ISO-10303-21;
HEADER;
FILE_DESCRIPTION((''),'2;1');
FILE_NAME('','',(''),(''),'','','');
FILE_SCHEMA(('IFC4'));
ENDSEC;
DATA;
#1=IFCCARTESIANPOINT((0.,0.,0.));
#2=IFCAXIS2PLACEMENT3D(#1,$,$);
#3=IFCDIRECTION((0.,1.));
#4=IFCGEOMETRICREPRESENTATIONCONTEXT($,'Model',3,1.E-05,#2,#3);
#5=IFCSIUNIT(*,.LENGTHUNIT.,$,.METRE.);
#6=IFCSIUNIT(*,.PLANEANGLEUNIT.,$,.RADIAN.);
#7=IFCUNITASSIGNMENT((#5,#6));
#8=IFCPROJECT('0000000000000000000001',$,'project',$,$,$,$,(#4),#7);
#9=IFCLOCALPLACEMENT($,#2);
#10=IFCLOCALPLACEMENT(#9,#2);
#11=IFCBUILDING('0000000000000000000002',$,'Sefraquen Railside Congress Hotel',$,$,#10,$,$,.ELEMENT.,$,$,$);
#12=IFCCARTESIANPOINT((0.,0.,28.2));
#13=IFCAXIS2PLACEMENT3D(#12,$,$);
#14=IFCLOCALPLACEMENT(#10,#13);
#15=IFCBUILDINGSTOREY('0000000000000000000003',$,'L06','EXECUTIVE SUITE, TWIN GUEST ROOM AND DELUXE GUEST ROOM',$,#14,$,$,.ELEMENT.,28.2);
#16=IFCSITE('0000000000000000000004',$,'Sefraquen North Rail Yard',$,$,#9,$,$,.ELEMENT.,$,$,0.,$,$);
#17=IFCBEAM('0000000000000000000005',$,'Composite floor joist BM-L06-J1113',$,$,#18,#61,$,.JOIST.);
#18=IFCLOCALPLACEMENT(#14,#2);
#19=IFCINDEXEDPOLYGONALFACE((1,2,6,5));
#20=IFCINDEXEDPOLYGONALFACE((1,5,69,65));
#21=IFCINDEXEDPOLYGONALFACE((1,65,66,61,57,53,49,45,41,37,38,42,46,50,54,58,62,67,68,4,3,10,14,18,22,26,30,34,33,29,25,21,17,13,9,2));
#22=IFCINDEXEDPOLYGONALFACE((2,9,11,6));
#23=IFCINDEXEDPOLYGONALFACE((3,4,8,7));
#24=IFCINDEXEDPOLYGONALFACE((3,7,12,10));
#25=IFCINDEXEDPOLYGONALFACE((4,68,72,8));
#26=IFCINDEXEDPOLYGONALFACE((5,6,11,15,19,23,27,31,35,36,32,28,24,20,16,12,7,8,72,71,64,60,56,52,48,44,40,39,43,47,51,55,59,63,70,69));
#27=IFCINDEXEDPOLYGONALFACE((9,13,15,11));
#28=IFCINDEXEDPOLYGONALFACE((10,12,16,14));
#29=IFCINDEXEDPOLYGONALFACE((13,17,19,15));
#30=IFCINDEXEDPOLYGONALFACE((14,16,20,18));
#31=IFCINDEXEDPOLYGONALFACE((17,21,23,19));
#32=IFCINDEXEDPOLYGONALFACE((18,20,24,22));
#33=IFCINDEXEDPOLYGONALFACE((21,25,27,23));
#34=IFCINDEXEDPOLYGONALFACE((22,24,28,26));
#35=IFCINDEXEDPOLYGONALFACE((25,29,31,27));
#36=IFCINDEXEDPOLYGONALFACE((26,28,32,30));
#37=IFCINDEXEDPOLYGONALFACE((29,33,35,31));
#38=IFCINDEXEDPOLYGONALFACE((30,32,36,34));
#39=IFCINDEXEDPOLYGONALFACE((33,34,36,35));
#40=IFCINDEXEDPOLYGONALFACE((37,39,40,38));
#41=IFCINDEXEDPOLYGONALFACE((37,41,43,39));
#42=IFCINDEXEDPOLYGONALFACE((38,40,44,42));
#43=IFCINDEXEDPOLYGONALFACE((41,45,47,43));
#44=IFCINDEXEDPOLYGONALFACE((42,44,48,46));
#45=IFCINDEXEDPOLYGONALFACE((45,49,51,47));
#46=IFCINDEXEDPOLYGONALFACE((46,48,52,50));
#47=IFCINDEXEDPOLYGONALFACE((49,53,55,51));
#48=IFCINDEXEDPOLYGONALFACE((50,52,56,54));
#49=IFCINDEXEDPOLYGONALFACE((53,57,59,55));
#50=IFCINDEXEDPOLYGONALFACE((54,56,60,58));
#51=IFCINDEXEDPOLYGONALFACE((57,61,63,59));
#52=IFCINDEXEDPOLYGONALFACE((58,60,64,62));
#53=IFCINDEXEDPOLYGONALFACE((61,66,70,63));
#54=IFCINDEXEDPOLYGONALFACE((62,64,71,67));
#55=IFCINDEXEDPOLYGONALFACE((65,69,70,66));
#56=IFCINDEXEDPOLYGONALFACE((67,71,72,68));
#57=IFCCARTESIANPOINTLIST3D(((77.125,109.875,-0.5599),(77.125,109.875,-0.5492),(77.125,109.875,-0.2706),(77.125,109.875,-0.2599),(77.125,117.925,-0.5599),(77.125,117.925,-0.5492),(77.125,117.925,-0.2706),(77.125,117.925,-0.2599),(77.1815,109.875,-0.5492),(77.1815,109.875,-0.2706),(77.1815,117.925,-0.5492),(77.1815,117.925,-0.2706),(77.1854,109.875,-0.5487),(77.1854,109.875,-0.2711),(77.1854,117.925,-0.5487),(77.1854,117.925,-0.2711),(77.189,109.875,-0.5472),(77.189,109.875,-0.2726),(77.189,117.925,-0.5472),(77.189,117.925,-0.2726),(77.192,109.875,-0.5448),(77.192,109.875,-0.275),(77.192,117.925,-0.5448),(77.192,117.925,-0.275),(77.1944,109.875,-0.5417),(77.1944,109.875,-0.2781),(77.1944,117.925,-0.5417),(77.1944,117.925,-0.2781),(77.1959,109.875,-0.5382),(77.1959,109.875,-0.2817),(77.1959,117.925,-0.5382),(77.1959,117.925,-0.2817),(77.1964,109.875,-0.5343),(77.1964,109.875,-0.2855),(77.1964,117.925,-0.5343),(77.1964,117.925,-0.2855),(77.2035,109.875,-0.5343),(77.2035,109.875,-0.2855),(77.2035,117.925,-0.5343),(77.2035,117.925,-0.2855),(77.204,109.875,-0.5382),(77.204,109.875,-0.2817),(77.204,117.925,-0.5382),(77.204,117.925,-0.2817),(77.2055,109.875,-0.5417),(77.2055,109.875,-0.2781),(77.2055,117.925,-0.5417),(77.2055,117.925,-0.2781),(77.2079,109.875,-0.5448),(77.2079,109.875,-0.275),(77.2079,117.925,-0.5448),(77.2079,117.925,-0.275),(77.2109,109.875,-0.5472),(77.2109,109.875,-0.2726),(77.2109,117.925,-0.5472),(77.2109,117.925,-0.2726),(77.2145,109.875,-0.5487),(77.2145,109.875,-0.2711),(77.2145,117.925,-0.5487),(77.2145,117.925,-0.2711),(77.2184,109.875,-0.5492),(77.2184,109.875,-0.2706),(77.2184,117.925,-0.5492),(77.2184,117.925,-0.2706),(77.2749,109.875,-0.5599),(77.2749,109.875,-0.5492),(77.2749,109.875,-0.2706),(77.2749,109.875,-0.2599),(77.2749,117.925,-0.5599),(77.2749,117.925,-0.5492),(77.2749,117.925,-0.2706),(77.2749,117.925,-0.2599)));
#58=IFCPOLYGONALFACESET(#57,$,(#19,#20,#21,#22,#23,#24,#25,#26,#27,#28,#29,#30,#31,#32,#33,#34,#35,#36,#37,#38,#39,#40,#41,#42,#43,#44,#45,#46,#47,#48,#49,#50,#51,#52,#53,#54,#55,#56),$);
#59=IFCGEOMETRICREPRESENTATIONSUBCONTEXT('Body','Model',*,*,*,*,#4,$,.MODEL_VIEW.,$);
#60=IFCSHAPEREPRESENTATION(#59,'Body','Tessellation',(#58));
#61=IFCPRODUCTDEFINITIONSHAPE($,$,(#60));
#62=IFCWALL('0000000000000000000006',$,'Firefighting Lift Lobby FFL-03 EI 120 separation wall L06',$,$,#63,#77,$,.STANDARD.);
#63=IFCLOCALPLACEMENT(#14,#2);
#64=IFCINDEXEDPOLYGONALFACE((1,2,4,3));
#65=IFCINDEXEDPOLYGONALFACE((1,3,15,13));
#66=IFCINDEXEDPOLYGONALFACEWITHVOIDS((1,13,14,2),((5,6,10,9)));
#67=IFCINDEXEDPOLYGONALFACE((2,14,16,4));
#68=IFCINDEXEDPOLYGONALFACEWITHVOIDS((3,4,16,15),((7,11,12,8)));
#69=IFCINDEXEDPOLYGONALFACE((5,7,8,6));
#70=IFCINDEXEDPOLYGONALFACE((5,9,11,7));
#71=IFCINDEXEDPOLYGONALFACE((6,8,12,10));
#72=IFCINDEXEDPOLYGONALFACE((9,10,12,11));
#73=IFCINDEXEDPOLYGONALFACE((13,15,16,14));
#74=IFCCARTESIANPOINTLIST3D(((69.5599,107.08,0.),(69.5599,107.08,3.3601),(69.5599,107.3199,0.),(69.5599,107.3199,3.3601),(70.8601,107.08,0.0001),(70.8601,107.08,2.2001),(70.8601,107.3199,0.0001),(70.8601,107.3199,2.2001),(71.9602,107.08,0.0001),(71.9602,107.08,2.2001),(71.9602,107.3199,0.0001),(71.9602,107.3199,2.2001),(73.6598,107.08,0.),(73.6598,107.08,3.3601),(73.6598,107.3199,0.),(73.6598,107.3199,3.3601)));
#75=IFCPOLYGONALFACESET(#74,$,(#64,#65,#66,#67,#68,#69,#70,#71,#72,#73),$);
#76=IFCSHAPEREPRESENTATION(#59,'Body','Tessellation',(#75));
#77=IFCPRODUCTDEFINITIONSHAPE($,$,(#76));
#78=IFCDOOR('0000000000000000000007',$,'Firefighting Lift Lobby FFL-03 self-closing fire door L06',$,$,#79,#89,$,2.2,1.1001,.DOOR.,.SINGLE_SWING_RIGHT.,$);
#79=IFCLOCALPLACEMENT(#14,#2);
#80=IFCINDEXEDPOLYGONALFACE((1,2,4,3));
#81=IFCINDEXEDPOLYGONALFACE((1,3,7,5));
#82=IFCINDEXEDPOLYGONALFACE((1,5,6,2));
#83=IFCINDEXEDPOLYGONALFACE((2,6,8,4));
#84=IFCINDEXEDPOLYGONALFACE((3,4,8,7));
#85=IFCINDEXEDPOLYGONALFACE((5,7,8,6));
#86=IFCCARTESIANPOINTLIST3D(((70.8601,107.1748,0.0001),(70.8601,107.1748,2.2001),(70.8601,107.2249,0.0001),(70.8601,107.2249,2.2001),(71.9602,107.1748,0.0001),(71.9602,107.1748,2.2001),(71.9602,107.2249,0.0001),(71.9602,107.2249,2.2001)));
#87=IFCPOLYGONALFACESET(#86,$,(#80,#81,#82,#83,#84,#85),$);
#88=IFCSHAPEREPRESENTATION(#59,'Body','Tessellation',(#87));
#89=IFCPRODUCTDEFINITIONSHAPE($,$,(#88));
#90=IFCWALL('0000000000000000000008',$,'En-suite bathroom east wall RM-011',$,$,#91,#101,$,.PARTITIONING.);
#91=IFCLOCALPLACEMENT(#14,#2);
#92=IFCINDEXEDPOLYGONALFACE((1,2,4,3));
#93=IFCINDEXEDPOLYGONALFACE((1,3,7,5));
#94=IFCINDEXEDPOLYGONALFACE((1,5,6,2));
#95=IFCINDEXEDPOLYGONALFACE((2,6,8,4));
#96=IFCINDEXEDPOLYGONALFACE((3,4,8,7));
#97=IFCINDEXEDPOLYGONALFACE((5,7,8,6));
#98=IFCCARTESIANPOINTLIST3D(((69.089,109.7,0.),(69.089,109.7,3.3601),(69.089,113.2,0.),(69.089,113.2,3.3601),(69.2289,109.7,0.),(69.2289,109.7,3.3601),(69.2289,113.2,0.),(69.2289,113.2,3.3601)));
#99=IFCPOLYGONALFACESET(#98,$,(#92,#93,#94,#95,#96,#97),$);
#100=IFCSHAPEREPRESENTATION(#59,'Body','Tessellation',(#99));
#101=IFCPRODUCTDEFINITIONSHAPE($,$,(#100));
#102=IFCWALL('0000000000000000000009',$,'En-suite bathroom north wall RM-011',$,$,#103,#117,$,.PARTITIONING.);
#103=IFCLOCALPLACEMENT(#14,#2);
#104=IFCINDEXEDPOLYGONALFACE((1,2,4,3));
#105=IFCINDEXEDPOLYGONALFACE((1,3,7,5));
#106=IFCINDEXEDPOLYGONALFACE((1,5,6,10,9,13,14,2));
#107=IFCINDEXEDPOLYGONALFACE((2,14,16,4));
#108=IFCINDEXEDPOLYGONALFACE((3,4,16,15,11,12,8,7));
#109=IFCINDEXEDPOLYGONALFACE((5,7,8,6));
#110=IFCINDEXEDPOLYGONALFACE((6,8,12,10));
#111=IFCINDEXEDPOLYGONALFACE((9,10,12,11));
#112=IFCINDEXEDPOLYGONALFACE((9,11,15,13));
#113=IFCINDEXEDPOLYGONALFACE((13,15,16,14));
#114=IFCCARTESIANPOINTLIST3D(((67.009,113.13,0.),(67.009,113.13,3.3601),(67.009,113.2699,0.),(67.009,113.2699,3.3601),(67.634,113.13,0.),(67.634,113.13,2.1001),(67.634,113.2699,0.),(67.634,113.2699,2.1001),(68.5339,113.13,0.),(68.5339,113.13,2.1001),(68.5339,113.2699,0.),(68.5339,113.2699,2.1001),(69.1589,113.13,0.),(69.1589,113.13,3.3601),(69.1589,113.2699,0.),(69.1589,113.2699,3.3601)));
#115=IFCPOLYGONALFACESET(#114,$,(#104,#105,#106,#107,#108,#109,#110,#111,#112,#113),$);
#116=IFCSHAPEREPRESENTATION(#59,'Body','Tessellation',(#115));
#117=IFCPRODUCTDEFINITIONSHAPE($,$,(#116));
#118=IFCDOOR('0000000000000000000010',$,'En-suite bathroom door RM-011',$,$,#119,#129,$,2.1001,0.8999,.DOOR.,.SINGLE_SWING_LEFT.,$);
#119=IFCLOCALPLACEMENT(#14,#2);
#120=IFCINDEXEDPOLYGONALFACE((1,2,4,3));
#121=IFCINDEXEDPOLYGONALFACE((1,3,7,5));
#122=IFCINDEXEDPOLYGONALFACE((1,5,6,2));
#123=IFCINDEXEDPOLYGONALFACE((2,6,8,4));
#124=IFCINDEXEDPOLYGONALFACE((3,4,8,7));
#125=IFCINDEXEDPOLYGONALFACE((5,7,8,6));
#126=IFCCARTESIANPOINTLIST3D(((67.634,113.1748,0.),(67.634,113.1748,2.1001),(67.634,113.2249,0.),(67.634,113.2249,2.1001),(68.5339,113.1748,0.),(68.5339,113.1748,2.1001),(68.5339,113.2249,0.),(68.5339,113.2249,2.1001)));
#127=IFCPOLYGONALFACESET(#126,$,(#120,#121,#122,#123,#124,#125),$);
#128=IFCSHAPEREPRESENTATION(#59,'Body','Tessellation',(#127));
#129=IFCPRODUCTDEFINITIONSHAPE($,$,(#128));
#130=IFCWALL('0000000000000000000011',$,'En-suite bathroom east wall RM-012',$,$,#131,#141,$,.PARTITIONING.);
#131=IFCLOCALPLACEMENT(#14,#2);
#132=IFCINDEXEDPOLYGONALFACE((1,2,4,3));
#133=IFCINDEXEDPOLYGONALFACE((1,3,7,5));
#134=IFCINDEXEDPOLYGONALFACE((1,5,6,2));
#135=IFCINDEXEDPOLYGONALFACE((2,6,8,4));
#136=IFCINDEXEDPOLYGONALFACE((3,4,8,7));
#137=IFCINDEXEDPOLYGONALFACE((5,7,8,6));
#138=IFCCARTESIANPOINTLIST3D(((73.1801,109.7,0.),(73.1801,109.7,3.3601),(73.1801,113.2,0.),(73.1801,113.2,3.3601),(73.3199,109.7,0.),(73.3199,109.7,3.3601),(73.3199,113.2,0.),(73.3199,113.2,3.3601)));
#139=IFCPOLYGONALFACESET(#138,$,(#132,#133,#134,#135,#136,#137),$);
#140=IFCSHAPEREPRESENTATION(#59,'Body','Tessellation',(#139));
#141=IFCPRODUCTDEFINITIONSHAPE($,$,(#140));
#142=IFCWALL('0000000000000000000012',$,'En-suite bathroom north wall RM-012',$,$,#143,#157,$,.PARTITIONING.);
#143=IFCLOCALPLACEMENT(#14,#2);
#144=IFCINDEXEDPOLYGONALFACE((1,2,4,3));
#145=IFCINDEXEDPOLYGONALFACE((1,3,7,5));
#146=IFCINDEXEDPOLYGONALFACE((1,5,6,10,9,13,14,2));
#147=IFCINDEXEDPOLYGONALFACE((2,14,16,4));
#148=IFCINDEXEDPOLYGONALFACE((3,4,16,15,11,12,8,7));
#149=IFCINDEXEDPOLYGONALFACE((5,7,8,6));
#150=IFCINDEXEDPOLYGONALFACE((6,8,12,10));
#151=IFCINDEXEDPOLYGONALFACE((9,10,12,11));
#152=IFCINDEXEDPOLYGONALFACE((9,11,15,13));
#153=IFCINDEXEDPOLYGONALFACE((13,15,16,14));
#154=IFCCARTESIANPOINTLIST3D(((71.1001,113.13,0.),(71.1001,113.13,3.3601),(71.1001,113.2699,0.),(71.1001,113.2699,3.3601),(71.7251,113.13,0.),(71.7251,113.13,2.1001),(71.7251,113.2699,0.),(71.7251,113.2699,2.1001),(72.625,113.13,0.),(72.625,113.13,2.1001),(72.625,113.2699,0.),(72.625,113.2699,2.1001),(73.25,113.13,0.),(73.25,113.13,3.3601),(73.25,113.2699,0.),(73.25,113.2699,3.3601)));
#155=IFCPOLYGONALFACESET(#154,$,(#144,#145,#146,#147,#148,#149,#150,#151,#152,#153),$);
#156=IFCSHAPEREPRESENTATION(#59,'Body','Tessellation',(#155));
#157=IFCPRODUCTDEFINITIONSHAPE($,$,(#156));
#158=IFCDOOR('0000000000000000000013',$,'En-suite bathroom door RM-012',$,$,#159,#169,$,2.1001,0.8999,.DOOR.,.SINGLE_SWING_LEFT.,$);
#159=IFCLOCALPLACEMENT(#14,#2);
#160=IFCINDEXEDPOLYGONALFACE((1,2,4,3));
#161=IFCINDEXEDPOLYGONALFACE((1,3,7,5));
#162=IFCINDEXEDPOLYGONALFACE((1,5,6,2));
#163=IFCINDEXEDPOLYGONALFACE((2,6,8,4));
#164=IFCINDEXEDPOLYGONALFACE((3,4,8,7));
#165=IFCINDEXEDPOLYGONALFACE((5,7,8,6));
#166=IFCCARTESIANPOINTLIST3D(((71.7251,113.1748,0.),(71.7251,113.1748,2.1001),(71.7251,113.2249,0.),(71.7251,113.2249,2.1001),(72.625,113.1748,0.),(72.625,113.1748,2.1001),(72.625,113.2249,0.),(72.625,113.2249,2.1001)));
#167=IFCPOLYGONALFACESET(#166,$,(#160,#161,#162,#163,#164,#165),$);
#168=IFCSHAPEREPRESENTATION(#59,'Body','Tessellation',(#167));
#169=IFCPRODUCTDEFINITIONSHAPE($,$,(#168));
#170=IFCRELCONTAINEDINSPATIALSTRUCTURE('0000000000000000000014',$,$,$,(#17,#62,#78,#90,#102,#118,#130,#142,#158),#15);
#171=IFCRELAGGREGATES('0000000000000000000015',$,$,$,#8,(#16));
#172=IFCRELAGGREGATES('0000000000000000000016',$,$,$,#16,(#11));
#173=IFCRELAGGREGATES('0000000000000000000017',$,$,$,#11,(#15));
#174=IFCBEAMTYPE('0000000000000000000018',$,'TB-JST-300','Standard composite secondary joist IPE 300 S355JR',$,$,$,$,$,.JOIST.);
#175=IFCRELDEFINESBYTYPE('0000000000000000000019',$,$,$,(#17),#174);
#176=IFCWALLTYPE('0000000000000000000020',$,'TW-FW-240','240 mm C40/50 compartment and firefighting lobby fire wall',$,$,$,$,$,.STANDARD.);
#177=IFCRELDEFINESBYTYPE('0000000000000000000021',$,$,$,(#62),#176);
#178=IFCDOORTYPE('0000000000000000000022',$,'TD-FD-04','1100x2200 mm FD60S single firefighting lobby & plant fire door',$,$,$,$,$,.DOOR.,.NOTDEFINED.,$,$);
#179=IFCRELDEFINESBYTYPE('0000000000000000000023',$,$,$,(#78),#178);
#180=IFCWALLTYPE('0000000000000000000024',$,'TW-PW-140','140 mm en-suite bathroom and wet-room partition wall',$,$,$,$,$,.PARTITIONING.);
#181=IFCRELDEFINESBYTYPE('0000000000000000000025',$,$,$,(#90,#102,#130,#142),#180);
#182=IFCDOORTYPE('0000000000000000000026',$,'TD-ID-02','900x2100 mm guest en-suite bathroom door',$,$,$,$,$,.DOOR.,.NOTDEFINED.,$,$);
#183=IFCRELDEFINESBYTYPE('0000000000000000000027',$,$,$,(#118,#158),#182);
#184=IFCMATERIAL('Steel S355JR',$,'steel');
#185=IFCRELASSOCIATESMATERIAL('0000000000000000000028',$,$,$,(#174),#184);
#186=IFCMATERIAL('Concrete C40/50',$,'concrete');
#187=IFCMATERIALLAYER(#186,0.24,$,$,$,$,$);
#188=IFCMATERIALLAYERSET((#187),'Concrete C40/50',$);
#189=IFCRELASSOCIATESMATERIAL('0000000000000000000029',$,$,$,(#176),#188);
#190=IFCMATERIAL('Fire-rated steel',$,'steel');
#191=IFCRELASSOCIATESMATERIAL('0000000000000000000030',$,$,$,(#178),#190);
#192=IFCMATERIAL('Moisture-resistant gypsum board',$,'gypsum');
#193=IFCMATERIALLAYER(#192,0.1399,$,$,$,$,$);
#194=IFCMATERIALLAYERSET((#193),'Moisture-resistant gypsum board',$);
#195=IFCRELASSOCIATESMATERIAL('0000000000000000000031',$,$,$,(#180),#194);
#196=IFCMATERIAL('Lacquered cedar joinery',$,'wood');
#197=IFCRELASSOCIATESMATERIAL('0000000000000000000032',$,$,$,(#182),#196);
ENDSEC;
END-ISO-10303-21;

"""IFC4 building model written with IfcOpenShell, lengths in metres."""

from ifc_helpers import new_model, si_unit, direction, frame, frame_2d, origin, origin_2d, place, context, subcontext, project, spatial, rectangle, i_section, extrude, material, layer, layer_set, material_profile, profile_set, type_object, element, fill, save


model = new_model("IFC4")

# Units and contexts
model_context = context("Model", 3, precision=1e-05, world=origin(), true_north=direction((0.0, 1.0)))
body_context = subcontext(model_context, "Body", "Model", "MODEL_VIEW")
ifc_project = project(units=[si_unit("LENGTHUNIT", "METRE"), si_unit("PLANEANGLEUNIT", "RADIAN")], contexts=[model_context])

# Site, building, storey
site_placement = place(None, origin())
site = spatial("IfcSite", under=ifc_project, at=site_placement, Name="Sefraquen North Rail Yard", CompositionType="ELEMENT", RefElevation=0.0)
building_placement = place(site_placement, origin())
building = spatial("IfcBuilding", under=site, at=building_placement, Name="Sefraquen Railside Congress Hotel", CompositionType="ELEMENT")
storey_placement = place(building_placement, frame((0.0, 0.0, 28.2)))
storey = spatial("IfcBuildingStorey", under=building, at=storey_placement, Name="L06", Description="EXECUTIVE SUITE, TWIN GUEST ROOM AND DELUXE GUEST ROOM", CompositionType="ELEMENT", Elevation=28.2)

# Shared definitions
ifc_material_1 = material(Name="Steel S355JR", Category="steel")

# Beam
ifc_material_profile_1 = material_profile(ifc_material_1, i_section(OverallWidth=0.1499, OverallDepth=0.3, WebThickness=0.0071, FlangeThickness=0.0107, FilletRadius=0.0149, at=origin_2d()), Name="IPE 300")
ifc_profile_set_1 = profile_set([ifc_material_profile_1], Name="Steel S355JR")
beam_type_1 = type_object("IfcBeamType", Name="TB-JST-300", Description="Standard composite secondary joist IPE 300 S355JR", PredefinedType="JOIST", material=ifc_profile_set_1)
for number, where, z_axis, x_axis, name in (
    (1, (77.2, 109.875, -0.4099), (0.0, 1.0, 0.0), (-1.0, 0.0, 0.0), "Composite floor joist BM-L06-J1113"),
):
    element("IfcBeam", number, at=place(storey_placement, frame(where, z_axis=z_axis, x_axis=x_axis)), inside=storey, type_object=beam_type_1, Name=name, PredefinedType="JOIST", context=body_context, shape_type="SweptSolid", body=[
        extrude(i_section(OverallWidth=0.1499, OverallDepth=0.3, WebThickness=0.0071, FlangeThickness=0.0107, FilletRadius=0.0149, at=origin_2d()), origin(), (0.0, 0.0, 1.0), 8.05),
    ])

# Wall, opening, door
ifc_material_2 = material(Name="Concrete C40/50", Category="concrete")
ifc_layer_1 = layer(ifc_material_2, 0.24)
ifc_layer_set_1 = layer_set([ifc_layer_1], Name="Concrete C40/50")
wall_type_1 = type_object("IfcWallType", Name="TW-FW-240", Description="240 mm C40/50 compartment and firefighting lobby fire wall", PredefinedType="STANDARD", material=ifc_layer_set_1)
wall_1_placement = place(storey_placement, frame((69.5601, 107.2, 0.0), z_axis=(0.0, 0.0, 1.0), x_axis=(1.0, 0.0, 0.0)))
wall_1 = element("IfcWall", 2, at=wall_1_placement, inside=storey, type_object=wall_type_1, Name="Firefighting Lift Lobby FFL-03 EI 120 separation wall L06", PredefinedType="STANDARD", context=body_context, shape_type="SweptSolid", body=[
    extrude(rectangle(XDim=4.0999, YDim=0.24, at=frame_2d((2.0498, 0.0))), origin(), (0.0, 0.0, 1.0), 3.3601),
])
opening_1_placement = place(wall_1_placement, frame((1.3, 0.0, 0.0)))
opening_1 = element("IfcOpeningElement", 3, at=opening_1_placement, cuts=wall_1, PredefinedType="OPENING", context=body_context, shape_type="SweptSolid", body=[
    extrude(rectangle(XDim=1.1001, YDim=2.2, at=frame_2d((0.55, 1.1001))), frame((0.0, 0.1299, 0.0), z_axis=(0.0, -1.0, 0.0), x_axis=(1.0, 0.0, 0.0)), (0.0, 0.0, 1.0), 0.26),
])
ifc_material_3 = material(Name="Fire-rated steel", Category="steel")
door_type_1 = type_object("IfcDoorType", Name="TD-FD-04", Description="1100x2200 mm FD60S single firefighting lobby & plant fire door", OperationType="NOTDEFINED", PredefinedType="DOOR", material=ifc_material_3)
door_1_placement = place(opening_1_placement, origin())
door_1 = element("IfcDoor", 4, at=door_1_placement, inside=storey, type_object=door_type_1, Name="Firefighting Lift Lobby FFL-03 self-closing fire door L06", OperationType="SINGLE_SWING_RIGHT", OverallHeight=2.2, OverallWidth=1.1001, PredefinedType="DOOR", context=body_context, shape_type="SweptSolid", body=[
    extrude(rectangle(XDim=1.1001, YDim=2.2, at=frame_2d((0.55, 1.1001))), frame((0.0, 0.0249, 0.0), z_axis=(0.0, -1.0, 0.0), x_axis=(1.0, 0.0, 0.0)), (0.0, 0.0, 1.0), 0.05),
])
fill(opening_1, door_1)

# Wall
ifc_material_4 = material(Name="Moisture-resistant gypsum board", Category="gypsum")
ifc_layer_2 = layer(ifc_material_4, 0.1399)
ifc_layer_set_2 = layer_set([ifc_layer_2], Name="Moisture-resistant gypsum board")
wall_type_2 = type_object("IfcWallType", Name="TW-PW-140", Description="140 mm en-suite bathroom and wet-room partition wall", PredefinedType="PARTITIONING", material=ifc_layer_set_2)
wall_2_placement = place(storey_placement, frame((69.1589, 109.7, 0.0), z_axis=(0.0, 0.0, 1.0), x_axis=(0.0, 1.0, 0.0)))
element("IfcWall", 5, at=wall_2_placement, inside=storey, type_object=wall_type_2, Name="En-suite bathroom east wall RM-011", PredefinedType="PARTITIONING", context=body_context, shape_type="SweptSolid", body=[
    extrude(rectangle(XDim=3.5, YDim=0.1399, at=frame_2d((1.75, 0.0))), origin(), (0.0, 0.0, 1.0), 3.3601),
])

# Wall, opening, door
wall_3_placement = place(storey_placement, frame((67.009, 113.2, 0.0), z_axis=(0.0, 0.0, 1.0), x_axis=(1.0, 0.0, 0.0)))
wall_3 = element("IfcWall", 6, at=wall_3_placement, inside=storey, type_object=wall_type_2, Name="En-suite bathroom north wall RM-011", PredefinedType="PARTITIONING", context=body_context, shape_type="SweptSolid", body=[
    extrude(rectangle(XDim=2.1499, YDim=0.1399, at=frame_2d((1.075, 0.0))), origin(), (0.0, 0.0, 1.0), 3.3601),
])
opening_2_placement = place(wall_3_placement, frame((0.625, 0.0, 0.0)))
opening_2 = element("IfcOpeningElement", 7, at=opening_2_placement, cuts=wall_3, PredefinedType="OPENING", context=body_context, shape_type="SweptSolid", body=[
    extrude(rectangle(XDim=0.8999, YDim=2.1001, at=frame_2d((0.45, 1.05))), frame((0.0, 0.0798, 0.0), z_axis=(0.0, -1.0, 0.0), x_axis=(1.0, 0.0, 0.0)), (0.0, 0.0, 1.0), 0.1599),
])
ifc_material_5 = material(Name="Lacquered cedar joinery", Category="wood")
door_type_2 = type_object("IfcDoorType", Name="TD-ID-02", Description="900x2100 mm guest en-suite bathroom door", OperationType="NOTDEFINED", PredefinedType="DOOR", material=ifc_material_5)
door_2_placement = place(opening_2_placement, origin())
door_2 = element("IfcDoor", 8, at=door_2_placement, inside=storey, type_object=door_type_2, Name="En-suite bathroom door RM-011", OperationType="SINGLE_SWING_LEFT", OverallHeight=2.1001, OverallWidth=0.8999, PredefinedType="DOOR", context=body_context, shape_type="SweptSolid", body=[
    extrude(rectangle(XDim=0.8999, YDim=2.1001, at=frame_2d((0.45, 1.05))), frame((0.0, 0.0249, 0.0), z_axis=(0.0, -1.0, 0.0), x_axis=(1.0, 0.0, 0.0)), (0.0, 0.0, 1.0), 0.05),
])
fill(opening_2, door_2)

# Wall
wall_4_placement = place(storey_placement, frame((73.25, 109.7, 0.0), z_axis=(0.0, 0.0, 1.0), x_axis=(0.0, 1.0, 0.0)))
element("IfcWall", 9, at=wall_4_placement, inside=storey, type_object=wall_type_2, Name="En-suite bathroom east wall RM-012", PredefinedType="PARTITIONING", context=body_context, shape_type="SweptSolid", body=[
    extrude(rectangle(XDim=3.5, YDim=0.1399, at=frame_2d((1.75, 0.0))), origin(), (0.0, 0.0, 1.0), 3.3601),
])

# Wall, opening, door
wall_5_placement = place(storey_placement, frame((71.1001, 113.2, 0.0), z_axis=(0.0, 0.0, 1.0), x_axis=(1.0, 0.0, 0.0)))
wall_5 = element("IfcWall", 10, at=wall_5_placement, inside=storey, type_object=wall_type_2, Name="En-suite bathroom north wall RM-012", PredefinedType="PARTITIONING", context=body_context, shape_type="SweptSolid", body=[
    extrude(rectangle(XDim=2.1499, YDim=0.1399, at=frame_2d((1.075, 0.0))), origin(), (0.0, 0.0, 1.0), 3.3601),
])
opening_3_placement = place(wall_5_placement, frame((0.625, 0.0, 0.0)))
opening_3 = element("IfcOpeningElement", 11, at=opening_3_placement, cuts=wall_5, PredefinedType="OPENING", context=body_context, shape_type="SweptSolid", body=[
    extrude(rectangle(XDim=0.8999, YDim=2.1001, at=frame_2d((0.45, 1.05))), frame((0.0, 0.0798, 0.0), z_axis=(0.0, -1.0, 0.0), x_axis=(1.0, 0.0, 0.0)), (0.0, 0.0, 1.0), 0.1599),
])
door_3_placement = place(opening_3_placement, origin())
door_3 = element("IfcDoor", 12, at=door_3_placement, inside=storey, type_object=door_type_2, Name="En-suite bathroom door RM-012", OperationType="SINGLE_SWING_LEFT", OverallHeight=2.1001, OverallWidth=0.8999, PredefinedType="DOOR", context=body_context, shape_type="SweptSolid", body=[
    extrude(rectangle(XDim=0.8999, YDim=2.1001, at=frame_2d((0.45, 1.05))), frame((0.0, 0.0249, 0.0), z_axis=(0.0, -1.0, 0.0), x_axis=(1.0, 0.0, 0.0)), (0.0, 0.0, 1.0), 0.05),
])
fill(opening_3, door_3)

save(model, "model.ifc")
